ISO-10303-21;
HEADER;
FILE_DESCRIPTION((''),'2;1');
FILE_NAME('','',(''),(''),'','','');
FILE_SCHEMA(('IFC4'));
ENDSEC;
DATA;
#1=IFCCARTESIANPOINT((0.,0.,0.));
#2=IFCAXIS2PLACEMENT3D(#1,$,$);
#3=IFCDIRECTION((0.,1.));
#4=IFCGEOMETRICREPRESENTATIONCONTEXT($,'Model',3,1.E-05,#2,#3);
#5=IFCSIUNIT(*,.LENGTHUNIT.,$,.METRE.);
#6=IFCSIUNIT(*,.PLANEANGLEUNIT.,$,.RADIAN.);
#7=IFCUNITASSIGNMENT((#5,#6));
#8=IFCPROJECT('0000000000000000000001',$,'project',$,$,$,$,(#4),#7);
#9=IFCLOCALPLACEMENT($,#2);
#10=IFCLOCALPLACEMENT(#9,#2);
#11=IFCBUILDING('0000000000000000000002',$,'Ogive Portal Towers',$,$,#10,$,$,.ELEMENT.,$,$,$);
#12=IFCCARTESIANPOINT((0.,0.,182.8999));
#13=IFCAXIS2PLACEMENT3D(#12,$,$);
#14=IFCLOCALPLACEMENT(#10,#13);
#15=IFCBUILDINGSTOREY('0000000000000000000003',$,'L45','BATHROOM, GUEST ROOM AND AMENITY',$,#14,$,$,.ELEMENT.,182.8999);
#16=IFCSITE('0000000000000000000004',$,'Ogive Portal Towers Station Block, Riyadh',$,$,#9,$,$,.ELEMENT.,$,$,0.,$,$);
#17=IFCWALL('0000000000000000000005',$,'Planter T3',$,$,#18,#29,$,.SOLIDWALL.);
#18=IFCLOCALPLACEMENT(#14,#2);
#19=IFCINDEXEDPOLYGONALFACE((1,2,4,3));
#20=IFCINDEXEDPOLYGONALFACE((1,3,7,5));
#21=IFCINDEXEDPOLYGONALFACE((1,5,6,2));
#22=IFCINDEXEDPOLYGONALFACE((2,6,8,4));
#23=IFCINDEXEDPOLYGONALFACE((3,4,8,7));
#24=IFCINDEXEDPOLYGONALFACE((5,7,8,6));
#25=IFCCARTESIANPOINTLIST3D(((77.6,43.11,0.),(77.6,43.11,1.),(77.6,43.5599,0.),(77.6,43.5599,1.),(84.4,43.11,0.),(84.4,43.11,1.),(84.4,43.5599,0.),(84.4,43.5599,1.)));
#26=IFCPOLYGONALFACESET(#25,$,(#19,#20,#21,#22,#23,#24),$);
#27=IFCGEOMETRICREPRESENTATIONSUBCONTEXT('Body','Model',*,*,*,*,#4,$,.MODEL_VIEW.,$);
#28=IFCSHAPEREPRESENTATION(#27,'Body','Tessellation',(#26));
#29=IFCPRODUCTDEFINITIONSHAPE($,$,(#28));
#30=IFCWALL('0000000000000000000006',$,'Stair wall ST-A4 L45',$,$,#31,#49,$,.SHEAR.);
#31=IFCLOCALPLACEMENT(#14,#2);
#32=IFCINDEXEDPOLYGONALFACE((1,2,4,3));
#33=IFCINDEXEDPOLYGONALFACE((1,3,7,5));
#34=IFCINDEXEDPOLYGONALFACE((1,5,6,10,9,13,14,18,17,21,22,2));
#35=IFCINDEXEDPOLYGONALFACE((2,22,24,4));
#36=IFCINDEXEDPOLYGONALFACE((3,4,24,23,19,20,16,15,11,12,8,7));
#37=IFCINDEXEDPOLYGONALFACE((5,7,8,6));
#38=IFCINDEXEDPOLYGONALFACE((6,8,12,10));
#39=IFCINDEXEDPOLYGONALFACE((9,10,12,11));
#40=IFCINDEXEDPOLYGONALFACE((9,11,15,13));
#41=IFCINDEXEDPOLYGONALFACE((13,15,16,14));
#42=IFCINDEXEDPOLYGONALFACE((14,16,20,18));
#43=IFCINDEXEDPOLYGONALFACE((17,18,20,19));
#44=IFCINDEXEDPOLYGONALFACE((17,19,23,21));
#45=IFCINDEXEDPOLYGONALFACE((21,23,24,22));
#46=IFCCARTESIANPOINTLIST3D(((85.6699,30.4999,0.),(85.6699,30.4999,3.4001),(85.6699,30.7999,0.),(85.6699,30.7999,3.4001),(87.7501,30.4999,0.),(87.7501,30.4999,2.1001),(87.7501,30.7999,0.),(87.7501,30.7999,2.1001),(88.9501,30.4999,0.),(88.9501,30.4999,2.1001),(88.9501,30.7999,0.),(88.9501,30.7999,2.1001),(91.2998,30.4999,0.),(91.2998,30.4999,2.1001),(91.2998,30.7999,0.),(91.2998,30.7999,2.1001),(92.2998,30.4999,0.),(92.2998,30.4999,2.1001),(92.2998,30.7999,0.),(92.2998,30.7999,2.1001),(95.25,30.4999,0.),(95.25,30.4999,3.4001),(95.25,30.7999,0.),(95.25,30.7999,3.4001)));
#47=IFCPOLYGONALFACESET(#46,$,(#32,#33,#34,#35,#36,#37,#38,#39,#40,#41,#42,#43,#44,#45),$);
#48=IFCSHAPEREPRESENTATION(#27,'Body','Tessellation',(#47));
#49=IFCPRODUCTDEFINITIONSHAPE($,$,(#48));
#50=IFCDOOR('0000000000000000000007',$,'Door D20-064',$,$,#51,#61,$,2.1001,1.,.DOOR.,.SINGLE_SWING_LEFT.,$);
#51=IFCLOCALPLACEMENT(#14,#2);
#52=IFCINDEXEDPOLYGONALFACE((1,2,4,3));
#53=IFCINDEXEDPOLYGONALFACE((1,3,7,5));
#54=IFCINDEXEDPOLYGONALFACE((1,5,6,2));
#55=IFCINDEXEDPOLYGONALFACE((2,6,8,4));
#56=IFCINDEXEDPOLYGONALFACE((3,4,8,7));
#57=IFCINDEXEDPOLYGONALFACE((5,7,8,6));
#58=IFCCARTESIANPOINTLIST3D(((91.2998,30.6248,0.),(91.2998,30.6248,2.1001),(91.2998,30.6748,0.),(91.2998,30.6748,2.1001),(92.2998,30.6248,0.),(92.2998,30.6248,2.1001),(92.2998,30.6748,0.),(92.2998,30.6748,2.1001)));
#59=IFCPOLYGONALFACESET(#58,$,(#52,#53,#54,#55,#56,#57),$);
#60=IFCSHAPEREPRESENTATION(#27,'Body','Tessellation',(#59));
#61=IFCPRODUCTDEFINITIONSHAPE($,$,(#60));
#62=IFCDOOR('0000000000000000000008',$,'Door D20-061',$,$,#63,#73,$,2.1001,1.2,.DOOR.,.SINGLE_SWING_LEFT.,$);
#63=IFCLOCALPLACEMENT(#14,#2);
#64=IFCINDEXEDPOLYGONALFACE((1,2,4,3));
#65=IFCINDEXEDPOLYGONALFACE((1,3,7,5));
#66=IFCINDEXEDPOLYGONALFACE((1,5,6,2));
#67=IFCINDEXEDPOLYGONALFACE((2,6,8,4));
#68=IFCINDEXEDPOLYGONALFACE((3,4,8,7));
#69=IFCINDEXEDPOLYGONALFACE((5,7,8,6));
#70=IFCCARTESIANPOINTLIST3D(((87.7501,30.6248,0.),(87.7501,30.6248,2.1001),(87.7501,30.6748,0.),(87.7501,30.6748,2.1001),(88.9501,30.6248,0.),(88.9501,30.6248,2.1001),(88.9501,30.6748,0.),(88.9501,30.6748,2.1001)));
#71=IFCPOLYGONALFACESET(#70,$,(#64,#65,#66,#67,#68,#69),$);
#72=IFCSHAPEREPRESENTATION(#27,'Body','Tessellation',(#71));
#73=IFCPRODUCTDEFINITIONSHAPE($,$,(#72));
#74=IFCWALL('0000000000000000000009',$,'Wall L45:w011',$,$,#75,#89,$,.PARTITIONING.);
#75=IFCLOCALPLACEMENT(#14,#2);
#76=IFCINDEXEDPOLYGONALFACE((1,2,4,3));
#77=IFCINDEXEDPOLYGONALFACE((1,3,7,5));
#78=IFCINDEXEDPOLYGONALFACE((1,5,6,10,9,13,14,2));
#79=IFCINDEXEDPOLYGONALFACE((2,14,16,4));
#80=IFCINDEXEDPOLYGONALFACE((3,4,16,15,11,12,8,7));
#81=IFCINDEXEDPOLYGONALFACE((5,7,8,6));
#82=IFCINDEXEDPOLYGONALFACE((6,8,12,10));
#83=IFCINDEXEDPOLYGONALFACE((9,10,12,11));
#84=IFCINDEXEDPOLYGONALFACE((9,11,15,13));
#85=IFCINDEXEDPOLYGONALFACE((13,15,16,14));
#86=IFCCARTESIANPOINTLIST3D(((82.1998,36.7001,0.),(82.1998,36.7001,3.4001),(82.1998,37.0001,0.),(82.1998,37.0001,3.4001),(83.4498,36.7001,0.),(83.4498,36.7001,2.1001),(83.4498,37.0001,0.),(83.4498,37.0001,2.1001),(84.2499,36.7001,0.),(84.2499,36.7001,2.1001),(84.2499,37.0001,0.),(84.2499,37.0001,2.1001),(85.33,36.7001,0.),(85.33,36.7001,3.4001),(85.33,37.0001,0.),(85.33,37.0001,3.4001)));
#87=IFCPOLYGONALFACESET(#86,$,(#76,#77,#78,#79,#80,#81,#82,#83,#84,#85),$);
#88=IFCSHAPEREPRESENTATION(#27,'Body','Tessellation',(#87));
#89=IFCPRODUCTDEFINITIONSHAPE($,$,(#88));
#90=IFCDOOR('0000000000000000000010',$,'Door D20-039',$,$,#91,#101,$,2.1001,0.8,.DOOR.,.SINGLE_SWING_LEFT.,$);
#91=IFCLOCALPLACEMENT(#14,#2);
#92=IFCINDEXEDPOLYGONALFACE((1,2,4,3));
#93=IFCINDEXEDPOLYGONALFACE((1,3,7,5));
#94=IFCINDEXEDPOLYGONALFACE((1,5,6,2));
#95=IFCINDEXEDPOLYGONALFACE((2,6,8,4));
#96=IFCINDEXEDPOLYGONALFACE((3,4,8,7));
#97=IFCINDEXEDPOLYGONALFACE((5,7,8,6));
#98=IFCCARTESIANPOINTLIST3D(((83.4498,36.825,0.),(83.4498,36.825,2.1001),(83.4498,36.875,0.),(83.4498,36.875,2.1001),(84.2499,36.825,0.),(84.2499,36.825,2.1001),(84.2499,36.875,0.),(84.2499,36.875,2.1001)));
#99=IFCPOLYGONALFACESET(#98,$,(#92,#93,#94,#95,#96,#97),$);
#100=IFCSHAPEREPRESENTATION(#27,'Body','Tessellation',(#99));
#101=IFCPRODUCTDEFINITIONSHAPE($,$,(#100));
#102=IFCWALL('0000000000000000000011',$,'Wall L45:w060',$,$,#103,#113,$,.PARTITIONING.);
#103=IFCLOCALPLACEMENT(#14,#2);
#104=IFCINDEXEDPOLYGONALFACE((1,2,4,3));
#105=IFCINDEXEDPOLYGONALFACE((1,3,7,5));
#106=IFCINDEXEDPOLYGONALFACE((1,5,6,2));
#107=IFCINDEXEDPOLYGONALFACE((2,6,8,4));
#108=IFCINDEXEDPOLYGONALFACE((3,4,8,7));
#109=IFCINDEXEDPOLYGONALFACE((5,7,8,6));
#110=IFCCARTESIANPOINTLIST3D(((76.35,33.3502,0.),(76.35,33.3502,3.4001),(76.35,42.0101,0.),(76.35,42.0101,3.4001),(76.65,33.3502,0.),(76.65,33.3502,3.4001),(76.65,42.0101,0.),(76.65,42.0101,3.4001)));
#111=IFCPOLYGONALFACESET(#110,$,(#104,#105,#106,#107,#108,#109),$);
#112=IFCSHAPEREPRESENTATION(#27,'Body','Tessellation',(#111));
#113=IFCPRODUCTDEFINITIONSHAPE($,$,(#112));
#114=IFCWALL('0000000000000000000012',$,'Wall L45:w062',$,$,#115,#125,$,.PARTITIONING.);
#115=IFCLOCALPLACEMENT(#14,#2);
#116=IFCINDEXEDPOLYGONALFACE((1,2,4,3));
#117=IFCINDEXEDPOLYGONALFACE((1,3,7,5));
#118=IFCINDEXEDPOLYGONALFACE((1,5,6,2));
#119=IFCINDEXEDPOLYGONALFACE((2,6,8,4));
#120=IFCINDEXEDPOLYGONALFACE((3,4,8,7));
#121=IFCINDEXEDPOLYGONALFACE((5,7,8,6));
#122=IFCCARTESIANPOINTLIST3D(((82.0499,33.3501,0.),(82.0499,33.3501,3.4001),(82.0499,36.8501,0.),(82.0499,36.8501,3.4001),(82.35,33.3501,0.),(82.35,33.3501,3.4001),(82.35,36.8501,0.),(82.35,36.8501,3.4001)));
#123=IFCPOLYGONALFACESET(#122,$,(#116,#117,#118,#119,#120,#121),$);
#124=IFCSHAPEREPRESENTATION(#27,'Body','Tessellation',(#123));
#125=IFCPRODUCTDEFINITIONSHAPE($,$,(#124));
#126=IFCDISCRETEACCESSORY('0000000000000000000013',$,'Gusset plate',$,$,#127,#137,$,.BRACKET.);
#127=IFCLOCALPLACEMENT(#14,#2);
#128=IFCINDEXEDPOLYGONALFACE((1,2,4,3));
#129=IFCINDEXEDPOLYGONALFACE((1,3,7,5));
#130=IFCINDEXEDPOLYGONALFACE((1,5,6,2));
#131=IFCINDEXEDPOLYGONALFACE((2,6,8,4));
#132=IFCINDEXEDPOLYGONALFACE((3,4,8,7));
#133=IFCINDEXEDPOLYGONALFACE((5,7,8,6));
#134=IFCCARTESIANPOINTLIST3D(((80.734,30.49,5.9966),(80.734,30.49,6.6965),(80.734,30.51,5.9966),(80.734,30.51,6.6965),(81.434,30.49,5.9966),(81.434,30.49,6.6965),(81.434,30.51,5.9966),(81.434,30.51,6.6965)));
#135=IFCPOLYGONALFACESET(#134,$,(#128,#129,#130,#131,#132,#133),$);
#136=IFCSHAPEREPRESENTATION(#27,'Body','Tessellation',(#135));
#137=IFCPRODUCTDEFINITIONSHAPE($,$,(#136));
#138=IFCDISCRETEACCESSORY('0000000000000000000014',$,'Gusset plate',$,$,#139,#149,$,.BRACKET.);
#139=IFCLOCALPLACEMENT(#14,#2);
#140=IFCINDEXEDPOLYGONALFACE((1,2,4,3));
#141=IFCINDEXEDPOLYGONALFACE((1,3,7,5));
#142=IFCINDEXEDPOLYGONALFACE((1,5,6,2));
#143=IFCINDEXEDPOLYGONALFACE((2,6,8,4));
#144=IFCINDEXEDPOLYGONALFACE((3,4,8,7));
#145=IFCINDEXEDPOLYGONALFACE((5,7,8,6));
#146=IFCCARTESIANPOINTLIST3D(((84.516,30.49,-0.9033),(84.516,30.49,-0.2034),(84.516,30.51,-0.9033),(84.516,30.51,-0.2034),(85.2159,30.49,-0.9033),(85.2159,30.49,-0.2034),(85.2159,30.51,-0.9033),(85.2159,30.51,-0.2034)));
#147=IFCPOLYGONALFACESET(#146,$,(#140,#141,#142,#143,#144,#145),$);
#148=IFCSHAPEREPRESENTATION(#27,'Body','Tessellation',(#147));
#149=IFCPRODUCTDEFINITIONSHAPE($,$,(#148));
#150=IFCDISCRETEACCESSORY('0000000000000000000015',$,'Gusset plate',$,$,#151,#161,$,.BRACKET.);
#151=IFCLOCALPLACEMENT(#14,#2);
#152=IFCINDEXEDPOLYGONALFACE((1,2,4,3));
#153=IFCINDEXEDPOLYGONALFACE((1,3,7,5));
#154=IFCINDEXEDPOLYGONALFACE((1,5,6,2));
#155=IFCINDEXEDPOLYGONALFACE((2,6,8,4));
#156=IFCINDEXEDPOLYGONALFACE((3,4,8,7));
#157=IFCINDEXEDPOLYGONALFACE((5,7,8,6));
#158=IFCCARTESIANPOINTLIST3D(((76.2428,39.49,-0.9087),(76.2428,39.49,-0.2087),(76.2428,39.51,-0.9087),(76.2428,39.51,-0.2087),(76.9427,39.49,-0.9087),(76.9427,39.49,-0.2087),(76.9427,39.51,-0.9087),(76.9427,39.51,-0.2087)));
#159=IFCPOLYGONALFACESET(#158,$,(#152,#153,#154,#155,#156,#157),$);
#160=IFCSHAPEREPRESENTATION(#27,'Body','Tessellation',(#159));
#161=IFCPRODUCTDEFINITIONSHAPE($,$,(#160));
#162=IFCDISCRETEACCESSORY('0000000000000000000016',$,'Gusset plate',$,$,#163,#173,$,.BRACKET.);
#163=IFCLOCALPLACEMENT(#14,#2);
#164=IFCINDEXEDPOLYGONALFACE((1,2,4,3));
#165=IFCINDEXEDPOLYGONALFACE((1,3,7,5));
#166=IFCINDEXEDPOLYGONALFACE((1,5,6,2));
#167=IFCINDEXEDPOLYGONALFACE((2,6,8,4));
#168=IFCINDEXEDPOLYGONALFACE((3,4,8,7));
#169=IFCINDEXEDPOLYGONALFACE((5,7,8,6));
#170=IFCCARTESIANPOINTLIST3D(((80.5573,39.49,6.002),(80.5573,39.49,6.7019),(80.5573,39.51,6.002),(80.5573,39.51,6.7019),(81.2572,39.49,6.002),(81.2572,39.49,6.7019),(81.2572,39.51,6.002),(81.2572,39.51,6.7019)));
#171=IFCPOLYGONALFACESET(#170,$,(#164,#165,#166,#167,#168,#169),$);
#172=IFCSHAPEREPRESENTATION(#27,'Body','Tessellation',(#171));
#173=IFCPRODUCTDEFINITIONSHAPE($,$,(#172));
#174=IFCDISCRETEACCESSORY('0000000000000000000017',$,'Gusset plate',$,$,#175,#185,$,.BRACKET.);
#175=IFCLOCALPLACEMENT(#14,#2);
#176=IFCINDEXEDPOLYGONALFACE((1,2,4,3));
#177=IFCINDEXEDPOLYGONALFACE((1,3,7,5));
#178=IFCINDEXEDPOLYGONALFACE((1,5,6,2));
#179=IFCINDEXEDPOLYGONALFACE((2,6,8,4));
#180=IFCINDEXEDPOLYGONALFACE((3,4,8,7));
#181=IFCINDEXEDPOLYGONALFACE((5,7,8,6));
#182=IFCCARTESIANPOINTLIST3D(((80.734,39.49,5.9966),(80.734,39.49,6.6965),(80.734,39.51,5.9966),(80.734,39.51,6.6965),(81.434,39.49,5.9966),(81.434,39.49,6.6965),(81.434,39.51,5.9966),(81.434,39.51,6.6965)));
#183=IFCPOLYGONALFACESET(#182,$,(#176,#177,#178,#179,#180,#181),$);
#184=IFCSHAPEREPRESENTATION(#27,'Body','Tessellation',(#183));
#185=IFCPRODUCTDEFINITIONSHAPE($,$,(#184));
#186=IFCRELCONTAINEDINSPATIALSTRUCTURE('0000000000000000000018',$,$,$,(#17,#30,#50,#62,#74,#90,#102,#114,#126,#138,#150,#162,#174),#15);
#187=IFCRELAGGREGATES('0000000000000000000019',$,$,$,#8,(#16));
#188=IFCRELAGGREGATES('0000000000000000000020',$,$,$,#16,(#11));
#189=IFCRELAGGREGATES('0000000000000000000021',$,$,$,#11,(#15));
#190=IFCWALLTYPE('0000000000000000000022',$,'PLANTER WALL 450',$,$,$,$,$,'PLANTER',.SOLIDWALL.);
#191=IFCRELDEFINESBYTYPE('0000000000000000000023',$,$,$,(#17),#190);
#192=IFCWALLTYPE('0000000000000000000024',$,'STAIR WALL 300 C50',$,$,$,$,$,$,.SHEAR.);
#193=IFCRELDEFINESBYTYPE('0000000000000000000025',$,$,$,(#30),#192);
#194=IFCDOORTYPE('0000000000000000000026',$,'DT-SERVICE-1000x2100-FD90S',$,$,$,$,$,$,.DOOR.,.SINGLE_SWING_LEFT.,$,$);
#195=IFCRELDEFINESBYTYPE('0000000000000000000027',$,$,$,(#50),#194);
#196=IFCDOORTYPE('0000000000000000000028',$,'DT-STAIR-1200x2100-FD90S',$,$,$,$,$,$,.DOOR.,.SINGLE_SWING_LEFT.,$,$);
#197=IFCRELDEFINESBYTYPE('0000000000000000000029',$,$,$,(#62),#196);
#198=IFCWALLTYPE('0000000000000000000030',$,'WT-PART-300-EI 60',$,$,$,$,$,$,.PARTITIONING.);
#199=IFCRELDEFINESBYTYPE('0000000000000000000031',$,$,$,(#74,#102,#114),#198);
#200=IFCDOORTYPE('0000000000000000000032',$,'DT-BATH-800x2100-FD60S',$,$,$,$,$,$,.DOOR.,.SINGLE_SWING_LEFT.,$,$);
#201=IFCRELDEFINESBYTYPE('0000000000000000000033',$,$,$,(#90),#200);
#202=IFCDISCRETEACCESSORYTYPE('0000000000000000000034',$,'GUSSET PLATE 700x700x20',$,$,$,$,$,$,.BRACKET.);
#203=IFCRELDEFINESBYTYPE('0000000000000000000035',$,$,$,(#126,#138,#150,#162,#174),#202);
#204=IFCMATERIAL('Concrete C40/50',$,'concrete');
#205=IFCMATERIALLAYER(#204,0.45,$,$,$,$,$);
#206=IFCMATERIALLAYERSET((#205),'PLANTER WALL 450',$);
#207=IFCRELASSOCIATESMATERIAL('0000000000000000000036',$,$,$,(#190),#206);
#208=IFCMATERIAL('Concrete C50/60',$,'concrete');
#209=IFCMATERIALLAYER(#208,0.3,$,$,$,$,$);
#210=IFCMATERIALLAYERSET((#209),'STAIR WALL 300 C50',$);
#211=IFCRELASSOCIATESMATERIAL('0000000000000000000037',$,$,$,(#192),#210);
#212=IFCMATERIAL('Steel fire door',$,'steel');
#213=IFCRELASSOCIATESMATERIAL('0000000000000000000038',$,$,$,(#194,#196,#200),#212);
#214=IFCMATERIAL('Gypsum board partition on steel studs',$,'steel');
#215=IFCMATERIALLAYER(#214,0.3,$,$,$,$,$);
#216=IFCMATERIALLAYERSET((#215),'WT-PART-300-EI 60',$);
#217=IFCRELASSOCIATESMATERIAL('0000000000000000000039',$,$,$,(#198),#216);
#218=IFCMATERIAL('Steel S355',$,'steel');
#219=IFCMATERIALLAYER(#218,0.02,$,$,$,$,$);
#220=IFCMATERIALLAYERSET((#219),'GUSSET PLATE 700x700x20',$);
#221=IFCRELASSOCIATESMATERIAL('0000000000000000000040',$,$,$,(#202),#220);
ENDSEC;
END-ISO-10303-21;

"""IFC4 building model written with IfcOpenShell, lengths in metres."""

from ifc_helpers import new_model, si_unit, direction, frame, frame_2d, origin, origin_2d, place, context, subcontext, project, spatial, rectangle, extrude, material, layer, layer_set, type_object, element, fill, save


model = new_model("IFC4")

# Units and contexts
model_context = context("Model", 3, precision=1e-05, world=origin(), true_north=direction((0.0, 1.0)))
body_context = subcontext(model_context, "Body", "Model", "MODEL_VIEW")
ifc_project = project(units=[si_unit("LENGTHUNIT", "METRE"), si_unit("PLANEANGLEUNIT", "RADIAN")], contexts=[model_context])

# Site, building, storey
site_placement = place(None, origin())
site = spatial("IfcSite", under=ifc_project, at=site_placement, Name="Ogive Portal Towers Station Block, Riyadh", CompositionType="ELEMENT", RefElevation=0.0)
building_placement = place(site_placement, origin())
building = spatial("IfcBuilding", under=site, at=building_placement, Name="Ogive Portal Towers", CompositionType="ELEMENT")
storey_placement = place(building_placement, frame((0.0, 0.0, 182.8999)))
storey = spatial("IfcBuildingStorey", under=building, at=storey_placement, Name="L45", Description="BATHROOM, GUEST ROOM AND AMENITY", CompositionType="ELEMENT", Elevation=182.8999)

# Shared definitions
ifc_material_1 = material(Name="Steel S355", Category="steel")

# Wall
ifc_material_2 = material(Name="Concrete C40/50", Category="concrete")
ifc_layer_1 = layer(ifc_material_2, 0.45)
ifc_layer_set_1 = layer_set([ifc_layer_1], Name="PLANTER WALL 450")
wall_type_1 = type_object("IfcWallType", Name="PLANTER WALL 450", ElementType="PLANTER", PredefinedType="SOLIDWALL", material=ifc_layer_set_1)
wall_1_placement = place(storey_placement, frame((81.0, 43.335, 0.0), z_axis=(0.0, 0.0, 1.0), x_axis=(1.0, 0.0, 0.0)))
element("IfcWall", 1, at=wall_1_placement, inside=storey, type_object=wall_type_1, Name="Planter T3", PredefinedType="SOLIDWALL", context=body_context, shape_type="SweptSolid", body=[
    extrude(rectangle(XDim=6.8, YDim=0.45, at=origin_2d()), origin(), (0.0, 0.0, 1.0), 1.0),
])

# Wall, openings, doors
ifc_material_3 = material(Name="Concrete C50/60", Category="concrete")
ifc_layer_2 = layer(ifc_material_3, 0.3)
ifc_layer_set_2 = layer_set([ifc_layer_2], Name="STAIR WALL 300 C50")
wall_type_2 = type_object("IfcWallType", Name="STAIR WALL 300 C50", PredefinedType="SHEAR", material=ifc_layer_set_2)
wall_2_placement = place(storey_placement, frame((85.6699, 30.6499, 0.0), z_axis=(0.0, 0.0, 1.0), x_axis=(1.0, 0.0, 0.0)))
wall_2 = element("IfcWall", 2, at=wall_2_placement, inside=storey, type_object=wall_type_2, Name="Stair wall ST-A4 L45", PredefinedType="SHEAR", context=body_context, shape_type="SweptSolid", body=[
    extrude(rectangle(XDim=9.5801, YDim=0.3, at=frame_2d((4.79, 0.0))), origin(), (0.0, 0.0, 1.0), 3.4001),
])
opening_1_placement = place(wall_2_placement, frame((2.0801, 0.0, 0.0)))
opening_1 = element("IfcOpeningElement", 3, at=opening_1_placement, cuts=wall_2, PredefinedType="OPENING", context=body_context, shape_type="SweptSolid", body=[
    extrude(rectangle(XDim=1.2, YDim=2.1001, at=frame_2d((0.6001, 1.05))), frame((0.0, 0.1602, 0.0), z_axis=(0.0, -1.0, 0.0), x_axis=(1.0, 0.0, 0.0)), (0.0, 0.0, 1.0), 0.3201),
])
opening_2_placement = place(wall_2_placement, frame((5.6299, 0.0, 0.0)))
opening_2 = element("IfcOpeningElement", 4, at=opening_2_placement, cuts=wall_2, PredefinedType="OPENING", context=body_context, shape_type="SweptSolid", body=[
    extrude(rectangle(XDim=1.0, YDim=2.1001, at=frame_2d((0.5, 1.05))), frame((0.0, 0.1602, 0.0), z_axis=(0.0, -1.0, 0.0), x_axis=(1.0, 0.0, 0.0)), (0.0, 0.0, 1.0), 0.3201),
])
ifc_material_4 = material(Name="Steel fire door", Category="steel")
door_type_1 = type_object("IfcDoorType", Name="DT-SERVICE-1000x2100-FD90S", OperationType="SINGLE_SWING_LEFT", PredefinedType="DOOR", material=ifc_material_4)
door_1_placement = place(opening_2_placement, origin())
door_1 = element("IfcDoor", 5, at=door_1_placement, inside=storey, type_object=door_type_1, Name="Door D20-064", OperationType="SINGLE_SWING_LEFT", OverallHeight=2.1001, OverallWidth=1.0, PredefinedType="DOOR", context=body_context, shape_type="SweptSolid", body=[
    extrude(rectangle(XDim=1.0, YDim=2.1001, at=frame_2d((0.5, 1.05))), frame((0.0, 0.0249, 0.0), z_axis=(0.0, -1.0, 0.0), x_axis=(1.0, 0.0, 0.0)), (0.0, 0.0, 1.0), 0.05),
])
fill(opening_2, door_1)
door_type_2 = type_object("IfcDoorType", Name="DT-STAIR-1200x2100-FD90S", OperationType="SINGLE_SWING_LEFT", PredefinedType="DOOR", material=ifc_material_4)
door_2_placement = place(opening_1_placement, origin())
door_2 = element("IfcDoor", 6, at=door_2_placement, inside=storey, type_object=door_type_2, Name="Door D20-061", OperationType="SINGLE_SWING_LEFT", OverallHeight=2.1001, OverallWidth=1.2, PredefinedType="DOOR", context=body_context, shape_type="SweptSolid", body=[
    extrude(rectangle(XDim=1.2, YDim=2.1001, at=frame_2d((0.6001, 1.05))), frame((0.0, 0.0249, 0.0), z_axis=(0.0, -1.0, 0.0), x_axis=(1.0, 0.0, 0.0)), (0.0, 0.0, 1.0), 0.05),
])
fill(opening_1, door_2)

# Wall, opening, door
ifc_material_5 = material(Name="Gypsum board partition on steel studs", Category="steel")
ifc_layer_3 = layer(ifc_material_5, 0.3)
ifc_layer_set_3 = layer_set([ifc_layer_3], Name="WT-PART-300-EI 60")
wall_type_3 = type_object("IfcWallType", Name="WT-PART-300-EI 60", PredefinedType="PARTITIONING", material=ifc_layer_set_3)
wall_3_placement = place(storey_placement, frame((82.2, 36.8501, 0.0), z_axis=(0.0, 0.0, 1.0), x_axis=(1.0, 0.0, 0.0)))
wall_3 = element("IfcWall", 7, at=wall_3_placement, inside=storey, type_object=wall_type_3, Name="Wall L45:w011", PredefinedType="PARTITIONING", context=body_context, shape_type="SweptSolid", body=[
    extrude(rectangle(XDim=3.1301, YDim=0.3, at=frame_2d((1.5649, 0.0))), origin(), (0.0, 0.0, 1.0), 3.4001),
])
opening_3_placement = place(wall_3_placement, frame((1.25, 0.0, 0.0)))
opening_3 = element("IfcOpeningElement", 8, at=opening_3_placement, cuts=wall_3, PredefinedType="OPENING", context=body_context, shape_type="SweptSolid", body=[
    extrude(rectangle(XDim=0.8, YDim=2.1001, at=frame_2d((0.3999, 1.05))), frame((0.0, 0.1602, 0.0), z_axis=(0.0, -1.0, 0.0), x_axis=(1.0, 0.0, 0.0)), (0.0, 0.0, 1.0), 0.3201),
])
door_type_3 = type_object("IfcDoorType", Name="DT-BATH-800x2100-FD60S", OperationType="SINGLE_SWING_LEFT", PredefinedType="DOOR", material=ifc_material_4)
door_3_placement = place(opening_3_placement, origin())
door_3 = element("IfcDoor", 9, at=door_3_placement, inside=storey, type_object=door_type_3, Name="Door D20-039", OperationType="SINGLE_SWING_LEFT", OverallHeight=2.1001, OverallWidth=0.8, PredefinedType="DOOR", context=body_context, shape_type="SweptSolid", body=[
    extrude(rectangle(XDim=0.8, YDim=2.1001, at=frame_2d((0.3999, 1.05))), frame((0.0, 0.0249, 0.0), z_axis=(0.0, -1.0, 0.0), x_axis=(1.0, 0.0, 0.0)), (0.0, 0.0, 1.0), 0.05),
])
fill(opening_3, door_3)

# Walls
wall_4_placement = place(storey_placement, frame((76.5, 33.3501, 0.0), z_axis=(0.0, 0.0, 1.0), x_axis=(0.0, 1.0, 0.0)))
element("IfcWall", 10, at=wall_4_placement, inside=storey, type_object=wall_type_3, Name="Wall L45:w060", PredefinedType="PARTITIONING", context=body_context, shape_type="SweptSolid", body=[
    extrude(rectangle(XDim=8.6599, YDim=0.3, at=frame_2d((4.3301, 0.0))), origin(), (0.0, 0.0, 1.0), 3.4001),
])
wall_5_placement = place(storey_placement, frame((82.2, 33.3501, 0.0), z_axis=(0.0, 0.0, 1.0), x_axis=(0.0, 1.0, 0.0)))
element("IfcWall", 11, at=wall_5_placement, inside=storey, type_object=wall_type_3, Name="Wall L45:w062", PredefinedType="PARTITIONING", context=body_context, shape_type="SweptSolid", body=[
    extrude(rectangle(XDim=3.5, YDim=0.3, at=frame_2d((1.75, 0.0))), origin(), (0.0, 0.0, 1.0), 3.4001),
])

# Discrete accessories
ifc_layer_4 = layer(ifc_material_1, 0.02)
ifc_layer_set_4 = layer_set([ifc_layer_4], Name="GUSSET PLATE 700x700x20")
discrete_accessory_type = type_object("IfcDiscreteAccessoryType", Name="GUSSET PLATE 700x700x20", PredefinedType="BRACKET", material=ifc_layer_set_4)
for number, where, z_axis, x_axis, name in (
    (12, (81.084, 30.5, 5.9966), (0.0, 0.0, 1.0), (1.0, 0.0, 0.0), "Gusset plate"),
    (13, (84.866, 30.5, -0.9033), (0.0, 0.0, 1.0), (1.0, 0.0, 0.0), "Gusset plate"),
    (14, (76.5928, 39.5, -0.9087), (0.0, 0.0, 1.0), (1.0, 0.0, 0.0), "Gusset plate"),
    (15, (80.9072, 39.5, 6.002), (0.0, 0.0, 1.0), (1.0, 0.0, 0.0), "Gusset plate"),
    (16, (81.084, 39.5, 5.9966), (0.0, 0.0, 1.0), (1.0, 0.0, 0.0), "Gusset plate"),
):
    element("IfcDiscreteAccessory", number, at=place(storey_placement, frame(where, z_axis=z_axis, x_axis=x_axis)), inside=storey, type_object=discrete_accessory_type, Name=name, PredefinedType="BRACKET", context=body_context, shape_type="SweptSolid", body=[
        extrude(rectangle(XDim=0.7, YDim=0.02, at=origin_2d()), origin(), (0.0, 0.0, 1.0), 0.7),
    ])

save(model, "model.ifc")
